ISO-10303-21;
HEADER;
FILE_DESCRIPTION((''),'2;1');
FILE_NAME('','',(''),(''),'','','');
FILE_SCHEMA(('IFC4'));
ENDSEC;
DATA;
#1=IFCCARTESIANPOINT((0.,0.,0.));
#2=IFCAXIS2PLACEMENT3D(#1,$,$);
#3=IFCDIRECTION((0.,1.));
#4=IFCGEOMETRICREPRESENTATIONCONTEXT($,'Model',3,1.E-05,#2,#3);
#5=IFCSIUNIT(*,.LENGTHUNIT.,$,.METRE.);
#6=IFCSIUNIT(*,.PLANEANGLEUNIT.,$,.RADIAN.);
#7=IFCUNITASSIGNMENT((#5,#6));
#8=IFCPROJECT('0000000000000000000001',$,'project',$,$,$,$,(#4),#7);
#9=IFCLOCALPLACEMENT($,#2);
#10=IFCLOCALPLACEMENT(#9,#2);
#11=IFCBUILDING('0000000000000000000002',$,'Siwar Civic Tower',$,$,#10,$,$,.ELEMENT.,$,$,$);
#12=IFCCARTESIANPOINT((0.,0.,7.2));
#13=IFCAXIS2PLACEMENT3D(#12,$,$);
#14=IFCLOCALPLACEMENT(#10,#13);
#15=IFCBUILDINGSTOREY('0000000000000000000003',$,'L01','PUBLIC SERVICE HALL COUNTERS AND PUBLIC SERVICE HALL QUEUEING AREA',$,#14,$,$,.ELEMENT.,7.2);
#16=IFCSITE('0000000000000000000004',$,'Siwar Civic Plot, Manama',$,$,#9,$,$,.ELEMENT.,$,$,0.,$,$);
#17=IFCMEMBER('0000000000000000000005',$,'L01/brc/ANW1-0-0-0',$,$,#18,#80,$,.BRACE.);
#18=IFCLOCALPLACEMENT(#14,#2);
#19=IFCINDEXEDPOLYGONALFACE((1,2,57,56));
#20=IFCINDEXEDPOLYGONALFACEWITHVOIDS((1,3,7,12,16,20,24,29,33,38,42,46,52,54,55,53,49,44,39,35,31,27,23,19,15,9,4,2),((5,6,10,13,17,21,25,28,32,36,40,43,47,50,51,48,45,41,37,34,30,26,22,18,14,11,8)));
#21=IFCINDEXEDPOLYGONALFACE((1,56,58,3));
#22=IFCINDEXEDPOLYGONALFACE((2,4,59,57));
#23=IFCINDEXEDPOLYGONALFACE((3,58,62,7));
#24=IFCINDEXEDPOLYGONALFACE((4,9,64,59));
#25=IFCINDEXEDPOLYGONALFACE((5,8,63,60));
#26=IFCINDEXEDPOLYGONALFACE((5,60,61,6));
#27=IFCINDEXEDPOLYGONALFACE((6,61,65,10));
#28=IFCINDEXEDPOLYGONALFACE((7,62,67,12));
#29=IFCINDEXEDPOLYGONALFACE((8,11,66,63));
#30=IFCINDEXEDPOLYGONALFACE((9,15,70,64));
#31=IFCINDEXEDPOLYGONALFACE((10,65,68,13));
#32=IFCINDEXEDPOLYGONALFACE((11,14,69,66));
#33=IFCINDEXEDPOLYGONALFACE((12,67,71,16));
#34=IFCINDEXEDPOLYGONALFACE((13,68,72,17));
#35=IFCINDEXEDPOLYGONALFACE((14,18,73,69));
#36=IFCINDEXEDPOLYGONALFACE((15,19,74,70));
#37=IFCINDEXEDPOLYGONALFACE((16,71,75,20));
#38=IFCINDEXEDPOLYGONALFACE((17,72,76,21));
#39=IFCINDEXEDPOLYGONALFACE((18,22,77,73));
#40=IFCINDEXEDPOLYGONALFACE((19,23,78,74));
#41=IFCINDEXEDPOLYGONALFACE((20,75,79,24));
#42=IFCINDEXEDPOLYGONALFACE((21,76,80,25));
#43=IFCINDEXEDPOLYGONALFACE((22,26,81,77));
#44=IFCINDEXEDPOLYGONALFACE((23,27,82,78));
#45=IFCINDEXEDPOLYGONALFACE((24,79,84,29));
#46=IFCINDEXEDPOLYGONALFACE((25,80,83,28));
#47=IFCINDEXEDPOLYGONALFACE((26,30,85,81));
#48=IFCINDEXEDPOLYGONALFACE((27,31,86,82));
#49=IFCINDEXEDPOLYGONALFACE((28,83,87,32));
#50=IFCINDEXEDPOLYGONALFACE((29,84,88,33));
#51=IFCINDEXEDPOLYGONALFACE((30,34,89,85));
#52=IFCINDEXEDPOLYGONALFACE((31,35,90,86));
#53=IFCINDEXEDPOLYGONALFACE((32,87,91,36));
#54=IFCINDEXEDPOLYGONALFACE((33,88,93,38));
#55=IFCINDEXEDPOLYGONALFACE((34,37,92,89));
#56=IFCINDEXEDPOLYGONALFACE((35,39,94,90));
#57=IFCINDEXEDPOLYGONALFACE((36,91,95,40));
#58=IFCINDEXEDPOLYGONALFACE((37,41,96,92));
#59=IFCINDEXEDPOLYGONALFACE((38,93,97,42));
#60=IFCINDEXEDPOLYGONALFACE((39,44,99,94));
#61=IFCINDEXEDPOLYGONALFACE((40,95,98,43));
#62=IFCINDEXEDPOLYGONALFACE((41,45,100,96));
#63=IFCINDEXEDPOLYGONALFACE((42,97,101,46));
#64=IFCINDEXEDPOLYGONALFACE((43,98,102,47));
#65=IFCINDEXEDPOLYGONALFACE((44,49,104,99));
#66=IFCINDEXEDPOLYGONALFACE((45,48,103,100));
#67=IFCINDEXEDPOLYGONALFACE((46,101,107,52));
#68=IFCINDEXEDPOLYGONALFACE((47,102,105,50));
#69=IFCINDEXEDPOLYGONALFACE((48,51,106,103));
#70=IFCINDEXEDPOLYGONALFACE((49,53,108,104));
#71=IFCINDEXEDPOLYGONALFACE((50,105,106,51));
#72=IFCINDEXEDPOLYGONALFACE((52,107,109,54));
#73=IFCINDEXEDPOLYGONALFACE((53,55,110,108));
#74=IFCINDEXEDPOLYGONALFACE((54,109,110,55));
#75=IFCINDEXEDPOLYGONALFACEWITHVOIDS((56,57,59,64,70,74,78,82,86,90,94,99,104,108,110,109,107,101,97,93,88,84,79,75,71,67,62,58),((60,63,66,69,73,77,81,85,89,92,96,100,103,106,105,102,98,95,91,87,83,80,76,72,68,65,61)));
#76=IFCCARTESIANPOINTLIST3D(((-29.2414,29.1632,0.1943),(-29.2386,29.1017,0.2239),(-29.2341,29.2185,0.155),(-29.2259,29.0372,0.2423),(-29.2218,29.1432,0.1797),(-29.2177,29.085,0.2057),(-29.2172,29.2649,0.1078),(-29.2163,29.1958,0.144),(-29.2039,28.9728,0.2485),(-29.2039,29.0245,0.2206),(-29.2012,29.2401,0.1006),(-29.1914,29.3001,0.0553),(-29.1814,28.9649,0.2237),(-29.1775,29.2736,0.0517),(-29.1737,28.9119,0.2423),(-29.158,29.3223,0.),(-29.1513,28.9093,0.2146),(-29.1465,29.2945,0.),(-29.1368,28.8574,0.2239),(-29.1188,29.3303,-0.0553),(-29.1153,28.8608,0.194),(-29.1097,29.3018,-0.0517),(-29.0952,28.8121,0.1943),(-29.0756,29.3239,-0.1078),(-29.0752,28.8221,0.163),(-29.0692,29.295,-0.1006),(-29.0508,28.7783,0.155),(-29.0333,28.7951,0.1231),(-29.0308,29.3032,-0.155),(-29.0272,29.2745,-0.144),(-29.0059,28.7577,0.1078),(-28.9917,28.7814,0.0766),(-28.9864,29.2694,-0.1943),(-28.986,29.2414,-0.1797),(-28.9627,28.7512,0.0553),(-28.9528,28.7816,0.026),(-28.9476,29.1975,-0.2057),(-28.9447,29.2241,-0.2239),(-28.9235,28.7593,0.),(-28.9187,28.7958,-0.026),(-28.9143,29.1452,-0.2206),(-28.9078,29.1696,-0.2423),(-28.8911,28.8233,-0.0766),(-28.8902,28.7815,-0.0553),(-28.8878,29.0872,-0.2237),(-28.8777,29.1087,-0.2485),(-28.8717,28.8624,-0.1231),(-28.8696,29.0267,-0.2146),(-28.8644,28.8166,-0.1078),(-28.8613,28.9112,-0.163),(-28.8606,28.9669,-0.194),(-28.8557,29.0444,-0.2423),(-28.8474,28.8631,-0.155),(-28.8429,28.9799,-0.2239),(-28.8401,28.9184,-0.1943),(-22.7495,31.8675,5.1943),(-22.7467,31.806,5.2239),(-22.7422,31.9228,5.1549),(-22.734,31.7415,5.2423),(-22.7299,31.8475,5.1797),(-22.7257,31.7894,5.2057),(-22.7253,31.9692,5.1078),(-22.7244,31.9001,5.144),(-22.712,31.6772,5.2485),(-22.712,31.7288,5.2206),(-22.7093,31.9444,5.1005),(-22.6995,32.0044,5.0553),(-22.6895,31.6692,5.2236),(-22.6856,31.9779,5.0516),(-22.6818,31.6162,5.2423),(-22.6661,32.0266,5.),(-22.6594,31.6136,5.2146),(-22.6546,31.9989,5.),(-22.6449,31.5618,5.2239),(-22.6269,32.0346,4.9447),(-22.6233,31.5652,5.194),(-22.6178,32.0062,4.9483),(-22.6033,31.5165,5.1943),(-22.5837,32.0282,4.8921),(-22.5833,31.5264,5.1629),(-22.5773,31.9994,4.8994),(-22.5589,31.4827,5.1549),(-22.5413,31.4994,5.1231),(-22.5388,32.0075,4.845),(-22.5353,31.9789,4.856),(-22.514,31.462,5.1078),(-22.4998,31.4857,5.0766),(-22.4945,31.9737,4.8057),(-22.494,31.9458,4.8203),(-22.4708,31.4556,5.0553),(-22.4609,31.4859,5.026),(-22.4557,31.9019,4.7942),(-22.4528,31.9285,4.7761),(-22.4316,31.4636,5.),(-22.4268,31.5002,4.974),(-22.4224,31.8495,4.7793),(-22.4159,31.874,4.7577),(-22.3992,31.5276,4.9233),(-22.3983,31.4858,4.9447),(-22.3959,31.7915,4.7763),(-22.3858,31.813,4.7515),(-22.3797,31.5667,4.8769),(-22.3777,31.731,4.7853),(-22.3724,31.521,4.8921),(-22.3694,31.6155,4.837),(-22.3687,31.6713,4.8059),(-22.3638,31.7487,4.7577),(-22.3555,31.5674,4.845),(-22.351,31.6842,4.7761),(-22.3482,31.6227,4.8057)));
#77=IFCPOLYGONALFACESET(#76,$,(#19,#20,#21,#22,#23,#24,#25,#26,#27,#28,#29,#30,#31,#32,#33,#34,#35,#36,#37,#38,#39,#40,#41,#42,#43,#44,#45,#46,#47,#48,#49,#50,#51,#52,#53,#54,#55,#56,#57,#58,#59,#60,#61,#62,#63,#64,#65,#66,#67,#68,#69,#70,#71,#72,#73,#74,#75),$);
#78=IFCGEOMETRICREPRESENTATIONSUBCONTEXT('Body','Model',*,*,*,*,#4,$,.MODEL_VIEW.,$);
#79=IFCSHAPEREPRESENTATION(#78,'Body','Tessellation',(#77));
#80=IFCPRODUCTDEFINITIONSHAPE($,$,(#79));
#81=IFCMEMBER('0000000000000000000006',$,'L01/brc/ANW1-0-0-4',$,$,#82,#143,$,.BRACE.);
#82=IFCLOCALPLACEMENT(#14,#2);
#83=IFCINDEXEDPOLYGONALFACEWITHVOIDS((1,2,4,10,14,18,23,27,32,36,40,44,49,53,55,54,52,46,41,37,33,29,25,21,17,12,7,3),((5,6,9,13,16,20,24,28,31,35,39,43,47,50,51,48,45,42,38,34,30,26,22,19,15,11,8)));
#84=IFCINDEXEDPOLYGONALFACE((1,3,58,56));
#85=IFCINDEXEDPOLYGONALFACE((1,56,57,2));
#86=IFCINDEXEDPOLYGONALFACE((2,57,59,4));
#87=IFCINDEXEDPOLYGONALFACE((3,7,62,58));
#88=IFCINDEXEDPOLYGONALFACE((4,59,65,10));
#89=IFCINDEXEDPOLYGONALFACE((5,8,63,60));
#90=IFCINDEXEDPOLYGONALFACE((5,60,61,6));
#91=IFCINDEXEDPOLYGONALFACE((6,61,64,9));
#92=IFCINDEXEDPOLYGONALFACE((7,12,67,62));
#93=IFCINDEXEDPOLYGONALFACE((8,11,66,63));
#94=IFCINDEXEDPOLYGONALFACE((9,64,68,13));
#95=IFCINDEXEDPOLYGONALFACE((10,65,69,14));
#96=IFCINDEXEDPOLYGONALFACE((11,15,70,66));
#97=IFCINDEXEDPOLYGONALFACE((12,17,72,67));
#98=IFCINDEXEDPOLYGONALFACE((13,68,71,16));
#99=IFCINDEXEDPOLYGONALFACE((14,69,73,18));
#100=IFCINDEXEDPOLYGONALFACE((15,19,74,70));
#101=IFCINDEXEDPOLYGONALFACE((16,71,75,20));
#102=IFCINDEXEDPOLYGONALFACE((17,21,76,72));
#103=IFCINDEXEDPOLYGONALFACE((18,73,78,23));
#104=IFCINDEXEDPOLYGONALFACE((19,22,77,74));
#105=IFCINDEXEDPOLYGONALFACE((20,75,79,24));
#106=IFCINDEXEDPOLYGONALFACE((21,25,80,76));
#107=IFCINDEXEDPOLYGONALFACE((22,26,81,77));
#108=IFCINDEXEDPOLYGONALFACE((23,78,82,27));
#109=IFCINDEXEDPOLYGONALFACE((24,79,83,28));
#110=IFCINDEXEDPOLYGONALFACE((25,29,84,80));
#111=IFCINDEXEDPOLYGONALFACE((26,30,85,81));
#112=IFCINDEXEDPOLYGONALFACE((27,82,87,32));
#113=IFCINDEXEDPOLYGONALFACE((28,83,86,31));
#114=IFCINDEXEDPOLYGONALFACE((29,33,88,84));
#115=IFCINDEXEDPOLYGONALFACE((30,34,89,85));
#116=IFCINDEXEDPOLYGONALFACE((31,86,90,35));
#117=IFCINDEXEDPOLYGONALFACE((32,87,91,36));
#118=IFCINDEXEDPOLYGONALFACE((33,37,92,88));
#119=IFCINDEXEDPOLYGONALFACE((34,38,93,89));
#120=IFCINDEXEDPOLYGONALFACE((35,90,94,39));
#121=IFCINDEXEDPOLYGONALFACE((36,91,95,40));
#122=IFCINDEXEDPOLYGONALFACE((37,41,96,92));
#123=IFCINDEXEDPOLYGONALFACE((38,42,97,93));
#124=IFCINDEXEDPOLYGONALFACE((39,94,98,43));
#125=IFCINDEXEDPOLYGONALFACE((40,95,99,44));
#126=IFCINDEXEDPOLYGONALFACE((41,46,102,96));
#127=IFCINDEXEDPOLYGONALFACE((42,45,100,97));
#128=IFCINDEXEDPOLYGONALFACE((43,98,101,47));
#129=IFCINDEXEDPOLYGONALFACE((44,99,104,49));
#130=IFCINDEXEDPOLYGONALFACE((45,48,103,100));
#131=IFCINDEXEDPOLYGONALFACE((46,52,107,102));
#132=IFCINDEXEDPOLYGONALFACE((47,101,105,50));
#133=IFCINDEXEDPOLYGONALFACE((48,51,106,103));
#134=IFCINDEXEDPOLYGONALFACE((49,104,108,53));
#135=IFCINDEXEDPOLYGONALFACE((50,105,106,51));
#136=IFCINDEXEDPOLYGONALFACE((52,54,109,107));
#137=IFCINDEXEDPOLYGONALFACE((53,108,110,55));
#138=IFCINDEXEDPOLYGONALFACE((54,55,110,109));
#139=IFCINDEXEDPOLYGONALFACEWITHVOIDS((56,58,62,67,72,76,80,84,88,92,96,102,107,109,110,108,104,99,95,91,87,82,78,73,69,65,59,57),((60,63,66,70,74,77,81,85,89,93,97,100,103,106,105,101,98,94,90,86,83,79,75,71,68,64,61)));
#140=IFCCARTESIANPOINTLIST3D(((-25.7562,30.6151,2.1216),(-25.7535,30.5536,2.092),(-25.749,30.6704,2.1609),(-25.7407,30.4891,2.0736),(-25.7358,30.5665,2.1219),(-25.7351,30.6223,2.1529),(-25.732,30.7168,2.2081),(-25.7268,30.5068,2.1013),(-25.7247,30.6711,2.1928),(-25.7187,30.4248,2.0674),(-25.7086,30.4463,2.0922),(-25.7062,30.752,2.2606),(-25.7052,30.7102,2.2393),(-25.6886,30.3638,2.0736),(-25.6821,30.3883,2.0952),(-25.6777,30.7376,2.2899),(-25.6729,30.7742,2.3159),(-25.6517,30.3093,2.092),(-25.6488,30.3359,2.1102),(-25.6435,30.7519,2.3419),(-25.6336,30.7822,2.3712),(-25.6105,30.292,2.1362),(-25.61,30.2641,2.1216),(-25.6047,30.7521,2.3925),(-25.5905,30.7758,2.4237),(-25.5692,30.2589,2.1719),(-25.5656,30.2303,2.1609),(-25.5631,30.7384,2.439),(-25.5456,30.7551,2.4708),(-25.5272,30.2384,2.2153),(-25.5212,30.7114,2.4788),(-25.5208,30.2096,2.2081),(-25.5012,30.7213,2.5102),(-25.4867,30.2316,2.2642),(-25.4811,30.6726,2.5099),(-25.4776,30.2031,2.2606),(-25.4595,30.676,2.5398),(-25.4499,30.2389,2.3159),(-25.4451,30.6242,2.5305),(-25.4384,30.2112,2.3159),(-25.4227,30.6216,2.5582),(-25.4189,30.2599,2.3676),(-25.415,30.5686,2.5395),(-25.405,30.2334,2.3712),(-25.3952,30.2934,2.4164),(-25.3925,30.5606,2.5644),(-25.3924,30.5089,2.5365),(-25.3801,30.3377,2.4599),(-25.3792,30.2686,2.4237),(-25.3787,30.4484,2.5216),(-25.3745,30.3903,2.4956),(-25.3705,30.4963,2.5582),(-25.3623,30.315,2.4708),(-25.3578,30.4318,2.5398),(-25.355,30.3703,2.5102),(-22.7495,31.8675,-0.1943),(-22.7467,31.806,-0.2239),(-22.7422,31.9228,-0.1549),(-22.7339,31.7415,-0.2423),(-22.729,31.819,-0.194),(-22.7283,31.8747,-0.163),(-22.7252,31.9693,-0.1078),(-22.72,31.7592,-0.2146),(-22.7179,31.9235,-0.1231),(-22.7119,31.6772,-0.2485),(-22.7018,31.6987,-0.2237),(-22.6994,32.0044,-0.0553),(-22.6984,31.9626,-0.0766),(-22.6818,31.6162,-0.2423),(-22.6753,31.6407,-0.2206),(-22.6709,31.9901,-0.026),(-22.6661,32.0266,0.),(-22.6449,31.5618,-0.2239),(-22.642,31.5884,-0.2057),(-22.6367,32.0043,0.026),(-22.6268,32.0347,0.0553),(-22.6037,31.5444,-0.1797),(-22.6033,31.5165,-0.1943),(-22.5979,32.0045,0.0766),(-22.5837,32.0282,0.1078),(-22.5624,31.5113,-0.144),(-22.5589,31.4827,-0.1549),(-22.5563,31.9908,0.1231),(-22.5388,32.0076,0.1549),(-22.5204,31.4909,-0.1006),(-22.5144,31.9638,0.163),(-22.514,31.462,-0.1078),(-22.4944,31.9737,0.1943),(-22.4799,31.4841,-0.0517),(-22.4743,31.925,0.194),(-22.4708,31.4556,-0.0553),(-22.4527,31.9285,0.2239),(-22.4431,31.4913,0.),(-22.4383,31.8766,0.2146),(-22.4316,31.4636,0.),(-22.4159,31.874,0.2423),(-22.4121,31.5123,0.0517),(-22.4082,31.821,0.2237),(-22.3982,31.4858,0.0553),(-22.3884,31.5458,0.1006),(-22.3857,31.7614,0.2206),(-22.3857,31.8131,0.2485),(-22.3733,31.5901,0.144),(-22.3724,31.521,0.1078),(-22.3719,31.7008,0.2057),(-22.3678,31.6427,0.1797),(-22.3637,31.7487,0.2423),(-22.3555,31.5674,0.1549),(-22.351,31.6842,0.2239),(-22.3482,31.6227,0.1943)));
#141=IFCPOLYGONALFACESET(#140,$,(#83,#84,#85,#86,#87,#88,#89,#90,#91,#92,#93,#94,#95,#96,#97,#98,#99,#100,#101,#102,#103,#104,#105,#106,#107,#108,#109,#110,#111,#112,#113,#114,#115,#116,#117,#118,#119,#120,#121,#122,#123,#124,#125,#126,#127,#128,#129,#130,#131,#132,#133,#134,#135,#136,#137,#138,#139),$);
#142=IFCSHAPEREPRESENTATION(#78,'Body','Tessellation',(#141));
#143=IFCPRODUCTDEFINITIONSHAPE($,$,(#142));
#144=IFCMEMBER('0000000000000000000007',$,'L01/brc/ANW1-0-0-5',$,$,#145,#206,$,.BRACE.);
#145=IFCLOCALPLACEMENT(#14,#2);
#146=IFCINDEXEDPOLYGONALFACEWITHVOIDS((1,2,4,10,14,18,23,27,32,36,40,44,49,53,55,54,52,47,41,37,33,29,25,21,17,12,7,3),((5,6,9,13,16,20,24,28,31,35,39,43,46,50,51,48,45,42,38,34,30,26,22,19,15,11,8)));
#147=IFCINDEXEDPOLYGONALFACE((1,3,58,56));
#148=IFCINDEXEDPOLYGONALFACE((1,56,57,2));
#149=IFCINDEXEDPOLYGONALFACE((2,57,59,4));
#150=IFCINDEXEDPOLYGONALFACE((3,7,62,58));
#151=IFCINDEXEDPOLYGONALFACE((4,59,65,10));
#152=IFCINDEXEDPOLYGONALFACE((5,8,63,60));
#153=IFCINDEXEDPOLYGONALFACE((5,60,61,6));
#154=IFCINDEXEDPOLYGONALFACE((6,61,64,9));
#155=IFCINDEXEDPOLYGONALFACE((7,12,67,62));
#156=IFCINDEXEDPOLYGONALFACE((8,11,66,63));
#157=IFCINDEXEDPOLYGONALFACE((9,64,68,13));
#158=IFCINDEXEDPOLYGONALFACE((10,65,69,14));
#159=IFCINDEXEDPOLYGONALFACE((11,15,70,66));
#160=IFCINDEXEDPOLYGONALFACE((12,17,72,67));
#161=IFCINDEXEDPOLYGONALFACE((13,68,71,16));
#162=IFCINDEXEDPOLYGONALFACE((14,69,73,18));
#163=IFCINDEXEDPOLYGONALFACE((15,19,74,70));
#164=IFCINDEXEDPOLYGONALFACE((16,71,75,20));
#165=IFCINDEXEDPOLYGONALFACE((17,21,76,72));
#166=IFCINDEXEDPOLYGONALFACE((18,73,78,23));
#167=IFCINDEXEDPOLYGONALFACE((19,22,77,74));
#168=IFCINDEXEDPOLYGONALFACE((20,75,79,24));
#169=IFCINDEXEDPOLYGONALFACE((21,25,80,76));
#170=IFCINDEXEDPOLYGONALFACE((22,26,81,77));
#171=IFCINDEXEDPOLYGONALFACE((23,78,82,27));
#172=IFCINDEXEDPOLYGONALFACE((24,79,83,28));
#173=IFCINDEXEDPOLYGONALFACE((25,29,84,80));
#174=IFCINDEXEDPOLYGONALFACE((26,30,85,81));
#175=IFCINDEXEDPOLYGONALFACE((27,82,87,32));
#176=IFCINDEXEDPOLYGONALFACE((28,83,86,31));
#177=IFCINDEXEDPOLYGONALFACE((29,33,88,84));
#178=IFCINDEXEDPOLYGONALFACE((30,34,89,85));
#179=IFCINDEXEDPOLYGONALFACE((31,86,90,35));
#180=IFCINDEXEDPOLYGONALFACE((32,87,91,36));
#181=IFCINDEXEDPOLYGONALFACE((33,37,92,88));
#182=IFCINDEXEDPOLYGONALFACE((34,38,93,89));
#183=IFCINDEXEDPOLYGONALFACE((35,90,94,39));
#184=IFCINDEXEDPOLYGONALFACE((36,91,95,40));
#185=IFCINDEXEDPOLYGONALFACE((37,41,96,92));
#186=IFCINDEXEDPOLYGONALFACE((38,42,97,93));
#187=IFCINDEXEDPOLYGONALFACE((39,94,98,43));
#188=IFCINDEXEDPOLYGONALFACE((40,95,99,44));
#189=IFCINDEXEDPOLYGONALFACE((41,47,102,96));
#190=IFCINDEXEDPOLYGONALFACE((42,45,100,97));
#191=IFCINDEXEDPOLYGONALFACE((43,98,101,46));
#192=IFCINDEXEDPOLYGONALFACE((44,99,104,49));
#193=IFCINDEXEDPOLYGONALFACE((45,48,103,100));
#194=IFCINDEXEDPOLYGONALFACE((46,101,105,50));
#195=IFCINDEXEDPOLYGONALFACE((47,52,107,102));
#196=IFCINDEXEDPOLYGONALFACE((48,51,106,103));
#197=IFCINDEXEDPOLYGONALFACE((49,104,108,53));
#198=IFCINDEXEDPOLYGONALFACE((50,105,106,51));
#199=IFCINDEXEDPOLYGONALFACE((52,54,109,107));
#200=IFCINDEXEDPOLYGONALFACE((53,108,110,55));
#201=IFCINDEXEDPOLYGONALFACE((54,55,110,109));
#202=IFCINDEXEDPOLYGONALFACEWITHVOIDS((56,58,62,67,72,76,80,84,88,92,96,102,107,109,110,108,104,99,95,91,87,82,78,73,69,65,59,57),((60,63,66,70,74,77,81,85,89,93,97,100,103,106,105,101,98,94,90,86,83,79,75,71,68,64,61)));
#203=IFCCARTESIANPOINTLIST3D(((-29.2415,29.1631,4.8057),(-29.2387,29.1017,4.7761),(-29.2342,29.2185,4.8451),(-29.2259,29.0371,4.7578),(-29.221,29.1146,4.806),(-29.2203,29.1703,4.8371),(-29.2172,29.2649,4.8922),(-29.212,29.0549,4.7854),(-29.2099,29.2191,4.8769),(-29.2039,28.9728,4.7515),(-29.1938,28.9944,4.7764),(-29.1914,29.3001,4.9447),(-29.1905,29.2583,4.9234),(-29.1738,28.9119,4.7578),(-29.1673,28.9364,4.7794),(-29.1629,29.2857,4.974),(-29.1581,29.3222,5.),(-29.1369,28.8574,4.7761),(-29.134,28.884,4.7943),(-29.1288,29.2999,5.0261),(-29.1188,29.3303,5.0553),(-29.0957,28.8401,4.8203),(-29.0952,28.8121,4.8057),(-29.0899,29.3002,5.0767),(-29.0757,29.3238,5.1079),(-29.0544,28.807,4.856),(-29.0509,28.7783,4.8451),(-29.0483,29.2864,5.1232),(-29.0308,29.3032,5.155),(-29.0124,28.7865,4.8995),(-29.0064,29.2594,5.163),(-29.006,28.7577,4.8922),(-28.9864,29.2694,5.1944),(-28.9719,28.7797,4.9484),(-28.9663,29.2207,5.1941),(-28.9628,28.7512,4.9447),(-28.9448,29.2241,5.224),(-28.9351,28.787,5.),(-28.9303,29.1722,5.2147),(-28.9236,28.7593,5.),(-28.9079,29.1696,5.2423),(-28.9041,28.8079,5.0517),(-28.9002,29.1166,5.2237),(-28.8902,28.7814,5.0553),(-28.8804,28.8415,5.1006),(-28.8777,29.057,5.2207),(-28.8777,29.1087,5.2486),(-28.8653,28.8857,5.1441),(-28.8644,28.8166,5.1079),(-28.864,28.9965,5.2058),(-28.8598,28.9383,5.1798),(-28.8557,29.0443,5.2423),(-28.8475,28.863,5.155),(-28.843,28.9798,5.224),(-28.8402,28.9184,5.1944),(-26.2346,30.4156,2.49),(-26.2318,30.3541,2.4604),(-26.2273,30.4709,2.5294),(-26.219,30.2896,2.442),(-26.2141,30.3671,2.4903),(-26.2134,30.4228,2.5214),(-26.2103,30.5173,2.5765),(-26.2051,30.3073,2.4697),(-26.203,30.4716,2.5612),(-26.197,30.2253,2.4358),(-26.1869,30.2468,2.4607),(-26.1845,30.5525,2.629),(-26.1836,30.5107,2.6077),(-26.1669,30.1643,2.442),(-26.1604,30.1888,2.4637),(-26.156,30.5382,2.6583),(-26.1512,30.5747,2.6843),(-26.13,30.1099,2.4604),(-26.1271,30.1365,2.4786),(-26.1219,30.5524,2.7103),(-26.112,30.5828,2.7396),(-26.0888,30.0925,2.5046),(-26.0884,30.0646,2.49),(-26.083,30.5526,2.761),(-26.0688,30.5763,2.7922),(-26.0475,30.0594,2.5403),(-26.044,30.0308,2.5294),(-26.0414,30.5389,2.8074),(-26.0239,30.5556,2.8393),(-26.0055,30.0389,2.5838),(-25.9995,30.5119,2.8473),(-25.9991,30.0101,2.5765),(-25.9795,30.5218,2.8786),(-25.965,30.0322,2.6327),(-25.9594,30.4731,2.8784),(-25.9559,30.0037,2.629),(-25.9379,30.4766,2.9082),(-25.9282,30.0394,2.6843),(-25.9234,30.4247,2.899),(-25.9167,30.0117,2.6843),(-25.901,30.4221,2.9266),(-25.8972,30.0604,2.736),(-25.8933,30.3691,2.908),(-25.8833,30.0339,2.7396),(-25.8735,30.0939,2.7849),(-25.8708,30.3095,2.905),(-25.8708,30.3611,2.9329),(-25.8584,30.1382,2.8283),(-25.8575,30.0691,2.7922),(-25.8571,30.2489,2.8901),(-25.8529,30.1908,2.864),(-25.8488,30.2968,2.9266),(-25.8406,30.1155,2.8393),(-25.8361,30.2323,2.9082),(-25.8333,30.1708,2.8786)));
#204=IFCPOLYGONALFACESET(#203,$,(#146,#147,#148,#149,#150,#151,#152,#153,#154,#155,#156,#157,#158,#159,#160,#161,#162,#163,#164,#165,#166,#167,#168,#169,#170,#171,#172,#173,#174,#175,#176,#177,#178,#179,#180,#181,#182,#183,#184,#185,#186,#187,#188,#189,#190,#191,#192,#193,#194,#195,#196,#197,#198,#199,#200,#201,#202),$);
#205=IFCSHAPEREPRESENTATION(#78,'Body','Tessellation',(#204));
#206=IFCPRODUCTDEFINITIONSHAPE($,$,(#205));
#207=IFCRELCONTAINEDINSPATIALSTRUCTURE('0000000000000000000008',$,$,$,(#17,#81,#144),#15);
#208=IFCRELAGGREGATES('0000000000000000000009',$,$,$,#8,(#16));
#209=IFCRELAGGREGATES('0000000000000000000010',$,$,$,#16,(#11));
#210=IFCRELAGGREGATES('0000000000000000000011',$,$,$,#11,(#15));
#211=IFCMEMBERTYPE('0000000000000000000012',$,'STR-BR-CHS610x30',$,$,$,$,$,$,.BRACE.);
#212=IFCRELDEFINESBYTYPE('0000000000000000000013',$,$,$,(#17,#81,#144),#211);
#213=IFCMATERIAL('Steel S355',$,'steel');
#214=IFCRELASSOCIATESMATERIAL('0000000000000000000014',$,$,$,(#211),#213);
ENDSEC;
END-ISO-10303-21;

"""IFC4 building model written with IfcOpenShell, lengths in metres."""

from ifc_helpers import new_model, si_unit, direction, frame, origin, origin_2d, place, context, subcontext, project, spatial, hollow_circle, extrude, material, material_profile, profile_set, type_object, element, save


model = new_model("IFC4")

# Units and contexts
model_context = context("Model", 3, precision=1e-05, world=origin(), true_north=direction((0.0, 1.0)))
body_context = subcontext(model_context, "Body", "Model", "MODEL_VIEW")
ifc_project = project(units=[si_unit("LENGTHUNIT", "METRE"), si_unit("PLANEANGLEUNIT", "RADIAN")], contexts=[model_context])

# Site, building, storey
site_placement = place(None, origin())
site = spatial("IfcSite", under=ifc_project, at=site_placement, Name="Siwar Civic Plot, Manama", CompositionType="ELEMENT", RefElevation=0.0)
building_placement = place(site_placement, origin())
building = spatial("IfcBuilding", under=site, at=building_placement, Name="Siwar Civic Tower", CompositionType="ELEMENT")
storey_placement = place(building_placement, frame((0.0, 0.0, 7.2)))
storey = spatial("IfcBuildingStorey", under=building, at=storey_placement, Name="L01", Description="PUBLIC SERVICE HALL COUNTERS AND PUBLIC SERVICE HALL QUEUEING AREA", CompositionType="ELEMENT", Elevation=7.2)

# Members
ifc_material_1 = material(Name="Steel S355", Category="steel")
ifc_material_profile_1 = material_profile(ifc_material_1, hollow_circle(Radius=0.3049, WallThickness=0.03, at=origin_2d()), Name="CHS610x30")
ifc_profile_set_1 = profile_set([ifc_material_profile_1], Name="Steel S355")
member_type_1 = type_object("IfcMemberType", Name="STR-BR-CHS610x30", PredefinedType="BRACE", material=ifc_profile_set_1)
member_1_placement = place(storey_placement, frame((-29.0408, 29.0408, 0.0), z_axis=(0.752344, 0.313404, 0.579445), x_axis=(-0.384539, 0.923109, 0.0)))
element("IfcMember", 1, at=member_1_placement, inside=storey, type_object=member_type_1, Name="L01/brc/ANW1-0-0-0", PredefinedType="BRACE", context=body_context, shape_type="SweptSolid", body=[
    extrude(hollow_circle(Radius=0.3049, WallThickness=0.03, at=origin_2d()), origin(), (0.0, 0.0, 1.0), 8.6289),
])
for number, where, z_axis, x_axis, name in (
    (2, (-22.5488, 31.7451, 0.0), (-0.752341, -0.313373, 0.579466), (0.384509, -0.923121, 0.0), "L01/brc/ANW1-0-0-4"),
    (3, (-26.0339, 30.2932, 2.6843), (-0.752367, -0.313385, 0.579425), (0.384509, -0.923121, 0.0), "L01/brc/ANW1-0-0-5"),
):
    element("IfcMember", number, at=place(storey_placement, frame(where, z_axis=z_axis, x_axis=x_axis)), inside=storey, type_object=member_type_1, Name=name, PredefinedType="BRACE", context=body_context, shape_type="SweptSolid", body=[
        extrude(hollow_circle(Radius=0.3049, WallThickness=0.03, at=origin_2d()), origin(), (0.0, 0.0, 1.0), 3.9966),
    ])

save(model, "model.ifc")
